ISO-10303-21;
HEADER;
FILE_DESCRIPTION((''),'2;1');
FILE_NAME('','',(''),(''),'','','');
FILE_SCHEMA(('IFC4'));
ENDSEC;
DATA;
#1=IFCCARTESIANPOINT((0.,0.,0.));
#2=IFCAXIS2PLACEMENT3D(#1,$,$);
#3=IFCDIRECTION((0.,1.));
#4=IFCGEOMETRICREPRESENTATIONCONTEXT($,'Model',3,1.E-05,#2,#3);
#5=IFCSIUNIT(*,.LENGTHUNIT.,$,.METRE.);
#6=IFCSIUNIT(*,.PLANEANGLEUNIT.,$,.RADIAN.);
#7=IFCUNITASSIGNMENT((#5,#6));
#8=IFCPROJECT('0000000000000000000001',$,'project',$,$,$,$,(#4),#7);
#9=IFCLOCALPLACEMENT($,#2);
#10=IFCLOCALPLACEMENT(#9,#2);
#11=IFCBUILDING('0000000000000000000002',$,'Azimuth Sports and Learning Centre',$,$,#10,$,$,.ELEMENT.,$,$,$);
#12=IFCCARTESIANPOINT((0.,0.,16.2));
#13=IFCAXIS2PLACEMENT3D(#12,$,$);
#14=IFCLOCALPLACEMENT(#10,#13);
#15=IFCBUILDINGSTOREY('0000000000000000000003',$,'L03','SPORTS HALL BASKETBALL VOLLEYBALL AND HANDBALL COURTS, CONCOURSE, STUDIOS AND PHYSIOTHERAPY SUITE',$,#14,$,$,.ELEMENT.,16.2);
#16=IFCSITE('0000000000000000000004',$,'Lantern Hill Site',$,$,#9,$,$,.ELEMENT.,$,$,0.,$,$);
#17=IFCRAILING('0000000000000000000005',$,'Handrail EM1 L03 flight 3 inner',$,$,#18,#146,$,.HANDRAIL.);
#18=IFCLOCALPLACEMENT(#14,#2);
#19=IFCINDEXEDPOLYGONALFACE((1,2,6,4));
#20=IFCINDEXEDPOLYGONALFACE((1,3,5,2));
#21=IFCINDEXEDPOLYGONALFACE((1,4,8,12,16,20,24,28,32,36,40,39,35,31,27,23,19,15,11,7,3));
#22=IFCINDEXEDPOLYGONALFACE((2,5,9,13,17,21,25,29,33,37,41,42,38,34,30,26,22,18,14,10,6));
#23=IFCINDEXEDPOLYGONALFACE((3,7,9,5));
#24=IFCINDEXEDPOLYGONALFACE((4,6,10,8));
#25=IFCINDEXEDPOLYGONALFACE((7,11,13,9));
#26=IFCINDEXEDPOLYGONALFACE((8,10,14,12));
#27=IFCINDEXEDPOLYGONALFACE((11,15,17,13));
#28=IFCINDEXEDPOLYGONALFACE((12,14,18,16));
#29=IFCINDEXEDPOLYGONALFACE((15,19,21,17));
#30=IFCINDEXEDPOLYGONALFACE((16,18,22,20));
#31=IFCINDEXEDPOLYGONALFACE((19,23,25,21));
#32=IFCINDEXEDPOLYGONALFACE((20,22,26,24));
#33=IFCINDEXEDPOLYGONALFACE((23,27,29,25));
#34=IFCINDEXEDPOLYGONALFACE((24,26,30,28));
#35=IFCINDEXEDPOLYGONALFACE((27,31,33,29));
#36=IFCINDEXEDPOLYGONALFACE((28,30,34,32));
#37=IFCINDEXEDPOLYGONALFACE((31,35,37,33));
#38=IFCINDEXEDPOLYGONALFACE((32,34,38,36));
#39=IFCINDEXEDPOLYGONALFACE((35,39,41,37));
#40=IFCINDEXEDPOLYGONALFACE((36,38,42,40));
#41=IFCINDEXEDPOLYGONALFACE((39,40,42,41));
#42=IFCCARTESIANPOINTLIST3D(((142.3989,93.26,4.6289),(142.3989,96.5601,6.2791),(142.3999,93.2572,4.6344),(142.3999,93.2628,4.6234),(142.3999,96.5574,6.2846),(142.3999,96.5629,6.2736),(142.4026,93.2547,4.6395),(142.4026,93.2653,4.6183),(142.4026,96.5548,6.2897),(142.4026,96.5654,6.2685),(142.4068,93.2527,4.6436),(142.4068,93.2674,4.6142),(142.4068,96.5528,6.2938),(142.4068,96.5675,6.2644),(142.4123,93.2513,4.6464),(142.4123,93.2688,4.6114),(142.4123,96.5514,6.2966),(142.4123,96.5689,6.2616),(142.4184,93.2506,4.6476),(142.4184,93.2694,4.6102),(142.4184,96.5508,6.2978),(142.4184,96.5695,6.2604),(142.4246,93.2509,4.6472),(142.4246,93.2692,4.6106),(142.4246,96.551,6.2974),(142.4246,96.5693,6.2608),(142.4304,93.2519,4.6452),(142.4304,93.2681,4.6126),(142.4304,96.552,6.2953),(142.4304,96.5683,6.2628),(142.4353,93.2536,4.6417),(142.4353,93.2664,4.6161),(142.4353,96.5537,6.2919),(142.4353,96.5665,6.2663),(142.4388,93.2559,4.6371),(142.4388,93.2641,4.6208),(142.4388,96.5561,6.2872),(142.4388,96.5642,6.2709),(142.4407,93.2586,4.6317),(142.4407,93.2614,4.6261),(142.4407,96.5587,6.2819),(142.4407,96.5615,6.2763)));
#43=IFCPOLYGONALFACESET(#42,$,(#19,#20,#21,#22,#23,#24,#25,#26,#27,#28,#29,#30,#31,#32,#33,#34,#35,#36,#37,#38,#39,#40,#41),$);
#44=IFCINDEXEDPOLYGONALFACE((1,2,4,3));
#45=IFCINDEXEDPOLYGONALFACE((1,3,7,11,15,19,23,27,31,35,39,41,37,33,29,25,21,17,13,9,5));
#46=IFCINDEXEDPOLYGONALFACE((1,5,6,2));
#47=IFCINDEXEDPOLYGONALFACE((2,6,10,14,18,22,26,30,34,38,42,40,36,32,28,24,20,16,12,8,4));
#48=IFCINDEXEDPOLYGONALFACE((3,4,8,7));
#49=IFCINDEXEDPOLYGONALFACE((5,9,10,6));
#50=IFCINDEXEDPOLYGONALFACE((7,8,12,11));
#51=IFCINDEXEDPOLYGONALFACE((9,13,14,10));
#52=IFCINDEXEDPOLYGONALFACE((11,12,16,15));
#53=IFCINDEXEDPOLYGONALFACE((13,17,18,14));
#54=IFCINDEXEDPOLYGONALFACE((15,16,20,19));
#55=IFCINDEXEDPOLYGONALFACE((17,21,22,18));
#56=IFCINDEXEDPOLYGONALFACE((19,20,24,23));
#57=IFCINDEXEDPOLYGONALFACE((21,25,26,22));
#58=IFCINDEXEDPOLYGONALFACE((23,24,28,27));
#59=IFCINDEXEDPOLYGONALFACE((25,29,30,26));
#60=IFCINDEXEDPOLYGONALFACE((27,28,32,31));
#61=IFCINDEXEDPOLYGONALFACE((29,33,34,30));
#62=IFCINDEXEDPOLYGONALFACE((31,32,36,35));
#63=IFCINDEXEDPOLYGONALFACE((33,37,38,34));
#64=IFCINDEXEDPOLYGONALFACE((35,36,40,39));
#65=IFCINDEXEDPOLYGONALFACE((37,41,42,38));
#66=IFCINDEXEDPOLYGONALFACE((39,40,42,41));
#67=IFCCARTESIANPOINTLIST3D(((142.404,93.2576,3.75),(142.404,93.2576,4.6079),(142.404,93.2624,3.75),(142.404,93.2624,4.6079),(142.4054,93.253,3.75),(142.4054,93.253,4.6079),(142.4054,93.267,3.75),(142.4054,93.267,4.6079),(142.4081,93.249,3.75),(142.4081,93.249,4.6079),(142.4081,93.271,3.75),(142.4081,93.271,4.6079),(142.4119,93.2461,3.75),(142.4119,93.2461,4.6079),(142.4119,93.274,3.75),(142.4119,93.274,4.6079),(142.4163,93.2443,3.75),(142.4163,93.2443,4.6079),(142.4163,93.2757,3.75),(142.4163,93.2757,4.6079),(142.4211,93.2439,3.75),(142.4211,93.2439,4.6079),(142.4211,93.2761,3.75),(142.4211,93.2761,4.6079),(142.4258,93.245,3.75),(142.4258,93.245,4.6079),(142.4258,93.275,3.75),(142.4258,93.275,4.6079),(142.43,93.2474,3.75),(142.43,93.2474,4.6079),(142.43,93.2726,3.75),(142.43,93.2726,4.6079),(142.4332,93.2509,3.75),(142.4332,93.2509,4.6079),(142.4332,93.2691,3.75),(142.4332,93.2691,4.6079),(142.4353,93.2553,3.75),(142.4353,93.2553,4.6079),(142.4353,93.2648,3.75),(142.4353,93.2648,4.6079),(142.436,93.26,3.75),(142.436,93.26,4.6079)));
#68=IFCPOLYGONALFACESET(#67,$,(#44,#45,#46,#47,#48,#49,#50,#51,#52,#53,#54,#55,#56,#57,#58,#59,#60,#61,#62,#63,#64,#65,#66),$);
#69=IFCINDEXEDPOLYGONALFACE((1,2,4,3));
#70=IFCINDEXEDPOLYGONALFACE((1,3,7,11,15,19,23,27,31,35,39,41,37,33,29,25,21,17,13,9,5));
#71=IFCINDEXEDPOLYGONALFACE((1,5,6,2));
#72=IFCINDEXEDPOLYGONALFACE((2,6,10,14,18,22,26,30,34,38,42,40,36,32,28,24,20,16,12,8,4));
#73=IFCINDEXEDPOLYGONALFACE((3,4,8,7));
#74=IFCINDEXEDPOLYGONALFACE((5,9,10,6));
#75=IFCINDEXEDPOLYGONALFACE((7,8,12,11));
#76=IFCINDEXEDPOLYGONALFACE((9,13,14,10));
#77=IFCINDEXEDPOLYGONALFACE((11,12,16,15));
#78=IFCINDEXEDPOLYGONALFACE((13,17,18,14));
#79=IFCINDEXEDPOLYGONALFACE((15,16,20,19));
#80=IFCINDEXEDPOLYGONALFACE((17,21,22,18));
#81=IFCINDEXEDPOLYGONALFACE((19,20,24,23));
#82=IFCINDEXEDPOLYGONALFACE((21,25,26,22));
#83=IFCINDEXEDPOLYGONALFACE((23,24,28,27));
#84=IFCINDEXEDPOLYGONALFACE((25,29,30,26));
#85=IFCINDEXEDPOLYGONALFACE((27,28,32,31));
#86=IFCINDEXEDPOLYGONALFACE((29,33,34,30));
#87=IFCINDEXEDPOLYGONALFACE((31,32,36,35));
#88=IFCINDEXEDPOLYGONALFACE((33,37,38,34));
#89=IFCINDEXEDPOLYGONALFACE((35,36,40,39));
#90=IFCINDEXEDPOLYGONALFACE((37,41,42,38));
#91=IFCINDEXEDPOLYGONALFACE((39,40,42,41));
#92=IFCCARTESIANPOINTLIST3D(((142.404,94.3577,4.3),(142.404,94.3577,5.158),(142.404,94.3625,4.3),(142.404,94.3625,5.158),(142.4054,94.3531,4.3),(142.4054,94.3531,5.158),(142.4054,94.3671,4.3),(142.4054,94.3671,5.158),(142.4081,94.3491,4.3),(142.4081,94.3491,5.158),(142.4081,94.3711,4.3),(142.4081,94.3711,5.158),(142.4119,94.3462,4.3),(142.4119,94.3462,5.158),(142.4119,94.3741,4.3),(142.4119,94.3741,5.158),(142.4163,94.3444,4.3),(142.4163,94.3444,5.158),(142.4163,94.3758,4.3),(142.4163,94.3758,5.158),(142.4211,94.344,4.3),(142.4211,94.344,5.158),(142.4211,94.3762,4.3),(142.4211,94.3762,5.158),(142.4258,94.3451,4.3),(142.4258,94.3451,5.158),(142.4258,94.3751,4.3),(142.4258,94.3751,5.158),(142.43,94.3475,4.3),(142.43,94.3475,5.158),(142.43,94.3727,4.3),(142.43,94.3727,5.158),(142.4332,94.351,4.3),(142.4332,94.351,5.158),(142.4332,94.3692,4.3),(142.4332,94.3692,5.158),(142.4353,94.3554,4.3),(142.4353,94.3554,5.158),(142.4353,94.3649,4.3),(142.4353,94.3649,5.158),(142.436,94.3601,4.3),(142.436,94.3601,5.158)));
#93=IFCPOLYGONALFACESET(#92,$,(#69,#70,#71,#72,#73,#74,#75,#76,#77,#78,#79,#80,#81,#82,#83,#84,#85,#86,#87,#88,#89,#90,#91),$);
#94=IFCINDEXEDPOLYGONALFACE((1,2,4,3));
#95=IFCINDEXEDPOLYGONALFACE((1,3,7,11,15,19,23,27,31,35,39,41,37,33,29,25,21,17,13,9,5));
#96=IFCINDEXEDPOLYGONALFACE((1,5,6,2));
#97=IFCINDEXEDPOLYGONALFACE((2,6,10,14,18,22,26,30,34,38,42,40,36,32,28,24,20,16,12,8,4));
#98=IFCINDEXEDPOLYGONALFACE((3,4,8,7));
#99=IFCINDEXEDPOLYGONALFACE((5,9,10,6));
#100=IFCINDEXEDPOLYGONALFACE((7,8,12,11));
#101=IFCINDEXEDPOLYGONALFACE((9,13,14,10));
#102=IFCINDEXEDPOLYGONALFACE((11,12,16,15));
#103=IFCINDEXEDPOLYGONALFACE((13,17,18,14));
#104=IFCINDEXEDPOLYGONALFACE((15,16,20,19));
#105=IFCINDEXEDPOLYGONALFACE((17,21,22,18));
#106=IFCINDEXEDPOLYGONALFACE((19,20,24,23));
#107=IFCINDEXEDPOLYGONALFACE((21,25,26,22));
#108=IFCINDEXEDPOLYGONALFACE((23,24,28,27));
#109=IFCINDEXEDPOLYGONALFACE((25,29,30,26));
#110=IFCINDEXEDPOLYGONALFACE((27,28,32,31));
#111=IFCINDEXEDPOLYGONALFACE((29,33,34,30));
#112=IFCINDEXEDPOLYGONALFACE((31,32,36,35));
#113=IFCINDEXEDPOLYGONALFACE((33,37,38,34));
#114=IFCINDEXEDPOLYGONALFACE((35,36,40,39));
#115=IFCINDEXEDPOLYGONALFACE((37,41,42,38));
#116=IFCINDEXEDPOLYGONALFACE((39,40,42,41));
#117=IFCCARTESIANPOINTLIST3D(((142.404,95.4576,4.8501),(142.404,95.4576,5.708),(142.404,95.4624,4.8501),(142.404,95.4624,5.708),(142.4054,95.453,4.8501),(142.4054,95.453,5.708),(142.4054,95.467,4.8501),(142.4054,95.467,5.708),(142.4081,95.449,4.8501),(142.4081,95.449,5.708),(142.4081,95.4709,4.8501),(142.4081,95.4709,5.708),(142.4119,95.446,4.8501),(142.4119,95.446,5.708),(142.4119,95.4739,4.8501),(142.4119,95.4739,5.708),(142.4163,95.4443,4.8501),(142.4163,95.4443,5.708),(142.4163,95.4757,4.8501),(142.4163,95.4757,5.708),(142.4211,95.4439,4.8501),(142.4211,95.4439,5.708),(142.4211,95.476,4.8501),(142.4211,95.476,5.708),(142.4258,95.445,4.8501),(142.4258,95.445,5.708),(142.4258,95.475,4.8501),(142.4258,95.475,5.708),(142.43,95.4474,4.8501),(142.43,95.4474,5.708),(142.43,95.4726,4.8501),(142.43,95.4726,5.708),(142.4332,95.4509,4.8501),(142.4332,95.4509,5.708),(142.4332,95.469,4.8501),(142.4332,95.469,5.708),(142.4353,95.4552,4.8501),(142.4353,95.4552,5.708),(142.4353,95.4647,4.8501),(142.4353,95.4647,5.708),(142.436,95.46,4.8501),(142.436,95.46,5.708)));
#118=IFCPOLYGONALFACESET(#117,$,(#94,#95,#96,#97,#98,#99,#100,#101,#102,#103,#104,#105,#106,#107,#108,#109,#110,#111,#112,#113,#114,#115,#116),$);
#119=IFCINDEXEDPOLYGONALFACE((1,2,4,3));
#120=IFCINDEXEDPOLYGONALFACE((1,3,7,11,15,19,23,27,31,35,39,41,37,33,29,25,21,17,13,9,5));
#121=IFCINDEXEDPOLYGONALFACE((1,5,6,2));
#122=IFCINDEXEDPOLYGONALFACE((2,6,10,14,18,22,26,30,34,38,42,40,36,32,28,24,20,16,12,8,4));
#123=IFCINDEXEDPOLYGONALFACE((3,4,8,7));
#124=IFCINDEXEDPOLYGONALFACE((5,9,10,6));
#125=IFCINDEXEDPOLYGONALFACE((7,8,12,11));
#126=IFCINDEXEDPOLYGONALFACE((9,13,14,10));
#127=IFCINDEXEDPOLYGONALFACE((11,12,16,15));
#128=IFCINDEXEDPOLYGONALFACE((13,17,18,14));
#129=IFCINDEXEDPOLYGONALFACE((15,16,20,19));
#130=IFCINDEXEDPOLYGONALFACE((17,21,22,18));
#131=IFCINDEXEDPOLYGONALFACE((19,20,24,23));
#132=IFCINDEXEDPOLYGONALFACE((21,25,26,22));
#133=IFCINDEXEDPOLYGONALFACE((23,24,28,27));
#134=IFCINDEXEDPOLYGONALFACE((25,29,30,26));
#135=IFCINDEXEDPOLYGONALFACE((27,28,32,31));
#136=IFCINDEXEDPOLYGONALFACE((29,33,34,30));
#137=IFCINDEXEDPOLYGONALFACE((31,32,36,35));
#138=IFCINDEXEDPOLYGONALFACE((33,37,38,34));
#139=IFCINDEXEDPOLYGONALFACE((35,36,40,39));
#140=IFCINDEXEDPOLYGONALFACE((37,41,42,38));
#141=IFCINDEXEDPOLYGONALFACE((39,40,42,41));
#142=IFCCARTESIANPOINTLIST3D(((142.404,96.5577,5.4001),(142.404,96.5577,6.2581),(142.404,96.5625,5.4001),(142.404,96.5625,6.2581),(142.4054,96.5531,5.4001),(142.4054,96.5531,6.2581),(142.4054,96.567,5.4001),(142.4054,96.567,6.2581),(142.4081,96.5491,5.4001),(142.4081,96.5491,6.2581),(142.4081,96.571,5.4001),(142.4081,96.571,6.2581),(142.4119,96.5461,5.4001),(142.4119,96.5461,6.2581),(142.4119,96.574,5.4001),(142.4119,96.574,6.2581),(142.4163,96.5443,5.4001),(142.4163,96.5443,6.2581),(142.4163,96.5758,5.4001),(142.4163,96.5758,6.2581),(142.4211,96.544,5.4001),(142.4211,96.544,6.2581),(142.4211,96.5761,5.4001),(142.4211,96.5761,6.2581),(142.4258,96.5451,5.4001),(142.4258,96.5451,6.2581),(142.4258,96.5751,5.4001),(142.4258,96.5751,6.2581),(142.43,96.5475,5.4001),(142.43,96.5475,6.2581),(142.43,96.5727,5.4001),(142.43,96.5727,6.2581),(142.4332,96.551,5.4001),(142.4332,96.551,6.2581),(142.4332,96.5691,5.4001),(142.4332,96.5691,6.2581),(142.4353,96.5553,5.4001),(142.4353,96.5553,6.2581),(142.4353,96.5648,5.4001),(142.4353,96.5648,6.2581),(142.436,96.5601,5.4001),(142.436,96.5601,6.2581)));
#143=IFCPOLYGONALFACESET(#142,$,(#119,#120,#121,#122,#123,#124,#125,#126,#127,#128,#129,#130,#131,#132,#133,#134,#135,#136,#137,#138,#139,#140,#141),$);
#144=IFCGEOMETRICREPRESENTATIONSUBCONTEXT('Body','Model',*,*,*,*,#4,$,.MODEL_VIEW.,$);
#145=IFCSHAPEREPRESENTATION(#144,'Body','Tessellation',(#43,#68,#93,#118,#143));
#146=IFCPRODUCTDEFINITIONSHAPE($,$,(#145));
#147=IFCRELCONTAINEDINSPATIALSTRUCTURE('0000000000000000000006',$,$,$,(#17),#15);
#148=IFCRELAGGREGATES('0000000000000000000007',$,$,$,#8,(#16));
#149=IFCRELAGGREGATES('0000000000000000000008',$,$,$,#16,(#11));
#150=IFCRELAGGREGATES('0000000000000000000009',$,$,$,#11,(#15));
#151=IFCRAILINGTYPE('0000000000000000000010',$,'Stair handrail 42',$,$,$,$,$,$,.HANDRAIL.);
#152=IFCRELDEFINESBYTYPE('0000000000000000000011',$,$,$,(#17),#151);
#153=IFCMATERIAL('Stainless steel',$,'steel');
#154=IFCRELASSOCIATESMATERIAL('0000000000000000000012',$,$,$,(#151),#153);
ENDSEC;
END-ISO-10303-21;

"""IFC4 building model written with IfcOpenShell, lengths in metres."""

from ifc_helpers import new_model, si_unit, direction, frame, origin, origin_2d, place, context, subcontext, project, spatial, circle, extrude, material, type_object, element, save


model = new_model("IFC4")

# Units and contexts
model_context = context("Model", 3, precision=1e-05, world=origin(), true_north=direction((0.0, 1.0)))
body_context = subcontext(model_context, "Body", "Model", "MODEL_VIEW")
ifc_project = project(units=[si_unit("LENGTHUNIT", "METRE"), si_unit("PLANEANGLEUNIT", "RADIAN")], contexts=[model_context])

# Site, building, storey
site_placement = place(None, origin())
site = spatial("IfcSite", under=ifc_project, at=site_placement, Name="Lantern Hill Site", CompositionType="ELEMENT", RefElevation=0.0)
building_placement = place(site_placement, origin())
building = spatial("IfcBuilding", under=site, at=building_placement, Name="Azimuth Sports and Learning Centre", CompositionType="ELEMENT")
storey_placement = place(building_placement, frame((0.0, 0.0, 16.2)))
storey = spatial("IfcBuildingStorey", under=building, at=storey_placement, Name="L03", Description="SPORTS HALL BASKETBALL VOLLEYBALL AND HANDBALL COURTS, CONCOURSE, STUDIOS AND PHYSIOTHERAPY SUITE", CompositionType="ELEMENT", Elevation=16.2)

# Railing
ifc_material_1 = material(Name="Stainless steel", Category="steel")
railing_type_1 = type_object("IfcRailingType", Name="Stair handrail 42", PredefinedType="HANDRAIL", material=ifc_material_1)
railing_1_placement = place(storey_placement, frame((142.4199, 93.26, 3.75)))
element("IfcRailing", 1, at=railing_1_placement, inside=storey, type_object=railing_type_1, Name="Handrail EM1 L03 flight 3 inner", PredefinedType="HANDRAIL", context=body_context, shape_type="SweptSolid", body=[
    extrude(circle(Radius=0.021, at=origin_2d()), frame((0.0, 0.0, 0.8789), z_axis=(0.0, 0.894414, 0.44724), x_axis=(-1.0, 0.0, 0.0)), (0.0, 0.0, 1.0), 3.6897),
    extrude(circle(Radius=0.0161, at=origin_2d()), origin(), (0.0, 0.0, 1.0), 0.8579),
    extrude(circle(Radius=0.0161, at=origin_2d()), frame((0.0, 1.1001, 0.55)), (0.0, 0.0, 1.0), 0.8579),
    extrude(circle(Radius=0.0161, at=origin_2d()), frame((0.0, 2.2, 1.1001)), (0.0, 0.0, 1.0), 0.8579),
    extrude(circle(Radius=0.0161, at=origin_2d()), frame((0.0, 3.3, 1.6501)), (0.0, 0.0, 1.0), 0.8579),
])

save(model, "model.ifc")
